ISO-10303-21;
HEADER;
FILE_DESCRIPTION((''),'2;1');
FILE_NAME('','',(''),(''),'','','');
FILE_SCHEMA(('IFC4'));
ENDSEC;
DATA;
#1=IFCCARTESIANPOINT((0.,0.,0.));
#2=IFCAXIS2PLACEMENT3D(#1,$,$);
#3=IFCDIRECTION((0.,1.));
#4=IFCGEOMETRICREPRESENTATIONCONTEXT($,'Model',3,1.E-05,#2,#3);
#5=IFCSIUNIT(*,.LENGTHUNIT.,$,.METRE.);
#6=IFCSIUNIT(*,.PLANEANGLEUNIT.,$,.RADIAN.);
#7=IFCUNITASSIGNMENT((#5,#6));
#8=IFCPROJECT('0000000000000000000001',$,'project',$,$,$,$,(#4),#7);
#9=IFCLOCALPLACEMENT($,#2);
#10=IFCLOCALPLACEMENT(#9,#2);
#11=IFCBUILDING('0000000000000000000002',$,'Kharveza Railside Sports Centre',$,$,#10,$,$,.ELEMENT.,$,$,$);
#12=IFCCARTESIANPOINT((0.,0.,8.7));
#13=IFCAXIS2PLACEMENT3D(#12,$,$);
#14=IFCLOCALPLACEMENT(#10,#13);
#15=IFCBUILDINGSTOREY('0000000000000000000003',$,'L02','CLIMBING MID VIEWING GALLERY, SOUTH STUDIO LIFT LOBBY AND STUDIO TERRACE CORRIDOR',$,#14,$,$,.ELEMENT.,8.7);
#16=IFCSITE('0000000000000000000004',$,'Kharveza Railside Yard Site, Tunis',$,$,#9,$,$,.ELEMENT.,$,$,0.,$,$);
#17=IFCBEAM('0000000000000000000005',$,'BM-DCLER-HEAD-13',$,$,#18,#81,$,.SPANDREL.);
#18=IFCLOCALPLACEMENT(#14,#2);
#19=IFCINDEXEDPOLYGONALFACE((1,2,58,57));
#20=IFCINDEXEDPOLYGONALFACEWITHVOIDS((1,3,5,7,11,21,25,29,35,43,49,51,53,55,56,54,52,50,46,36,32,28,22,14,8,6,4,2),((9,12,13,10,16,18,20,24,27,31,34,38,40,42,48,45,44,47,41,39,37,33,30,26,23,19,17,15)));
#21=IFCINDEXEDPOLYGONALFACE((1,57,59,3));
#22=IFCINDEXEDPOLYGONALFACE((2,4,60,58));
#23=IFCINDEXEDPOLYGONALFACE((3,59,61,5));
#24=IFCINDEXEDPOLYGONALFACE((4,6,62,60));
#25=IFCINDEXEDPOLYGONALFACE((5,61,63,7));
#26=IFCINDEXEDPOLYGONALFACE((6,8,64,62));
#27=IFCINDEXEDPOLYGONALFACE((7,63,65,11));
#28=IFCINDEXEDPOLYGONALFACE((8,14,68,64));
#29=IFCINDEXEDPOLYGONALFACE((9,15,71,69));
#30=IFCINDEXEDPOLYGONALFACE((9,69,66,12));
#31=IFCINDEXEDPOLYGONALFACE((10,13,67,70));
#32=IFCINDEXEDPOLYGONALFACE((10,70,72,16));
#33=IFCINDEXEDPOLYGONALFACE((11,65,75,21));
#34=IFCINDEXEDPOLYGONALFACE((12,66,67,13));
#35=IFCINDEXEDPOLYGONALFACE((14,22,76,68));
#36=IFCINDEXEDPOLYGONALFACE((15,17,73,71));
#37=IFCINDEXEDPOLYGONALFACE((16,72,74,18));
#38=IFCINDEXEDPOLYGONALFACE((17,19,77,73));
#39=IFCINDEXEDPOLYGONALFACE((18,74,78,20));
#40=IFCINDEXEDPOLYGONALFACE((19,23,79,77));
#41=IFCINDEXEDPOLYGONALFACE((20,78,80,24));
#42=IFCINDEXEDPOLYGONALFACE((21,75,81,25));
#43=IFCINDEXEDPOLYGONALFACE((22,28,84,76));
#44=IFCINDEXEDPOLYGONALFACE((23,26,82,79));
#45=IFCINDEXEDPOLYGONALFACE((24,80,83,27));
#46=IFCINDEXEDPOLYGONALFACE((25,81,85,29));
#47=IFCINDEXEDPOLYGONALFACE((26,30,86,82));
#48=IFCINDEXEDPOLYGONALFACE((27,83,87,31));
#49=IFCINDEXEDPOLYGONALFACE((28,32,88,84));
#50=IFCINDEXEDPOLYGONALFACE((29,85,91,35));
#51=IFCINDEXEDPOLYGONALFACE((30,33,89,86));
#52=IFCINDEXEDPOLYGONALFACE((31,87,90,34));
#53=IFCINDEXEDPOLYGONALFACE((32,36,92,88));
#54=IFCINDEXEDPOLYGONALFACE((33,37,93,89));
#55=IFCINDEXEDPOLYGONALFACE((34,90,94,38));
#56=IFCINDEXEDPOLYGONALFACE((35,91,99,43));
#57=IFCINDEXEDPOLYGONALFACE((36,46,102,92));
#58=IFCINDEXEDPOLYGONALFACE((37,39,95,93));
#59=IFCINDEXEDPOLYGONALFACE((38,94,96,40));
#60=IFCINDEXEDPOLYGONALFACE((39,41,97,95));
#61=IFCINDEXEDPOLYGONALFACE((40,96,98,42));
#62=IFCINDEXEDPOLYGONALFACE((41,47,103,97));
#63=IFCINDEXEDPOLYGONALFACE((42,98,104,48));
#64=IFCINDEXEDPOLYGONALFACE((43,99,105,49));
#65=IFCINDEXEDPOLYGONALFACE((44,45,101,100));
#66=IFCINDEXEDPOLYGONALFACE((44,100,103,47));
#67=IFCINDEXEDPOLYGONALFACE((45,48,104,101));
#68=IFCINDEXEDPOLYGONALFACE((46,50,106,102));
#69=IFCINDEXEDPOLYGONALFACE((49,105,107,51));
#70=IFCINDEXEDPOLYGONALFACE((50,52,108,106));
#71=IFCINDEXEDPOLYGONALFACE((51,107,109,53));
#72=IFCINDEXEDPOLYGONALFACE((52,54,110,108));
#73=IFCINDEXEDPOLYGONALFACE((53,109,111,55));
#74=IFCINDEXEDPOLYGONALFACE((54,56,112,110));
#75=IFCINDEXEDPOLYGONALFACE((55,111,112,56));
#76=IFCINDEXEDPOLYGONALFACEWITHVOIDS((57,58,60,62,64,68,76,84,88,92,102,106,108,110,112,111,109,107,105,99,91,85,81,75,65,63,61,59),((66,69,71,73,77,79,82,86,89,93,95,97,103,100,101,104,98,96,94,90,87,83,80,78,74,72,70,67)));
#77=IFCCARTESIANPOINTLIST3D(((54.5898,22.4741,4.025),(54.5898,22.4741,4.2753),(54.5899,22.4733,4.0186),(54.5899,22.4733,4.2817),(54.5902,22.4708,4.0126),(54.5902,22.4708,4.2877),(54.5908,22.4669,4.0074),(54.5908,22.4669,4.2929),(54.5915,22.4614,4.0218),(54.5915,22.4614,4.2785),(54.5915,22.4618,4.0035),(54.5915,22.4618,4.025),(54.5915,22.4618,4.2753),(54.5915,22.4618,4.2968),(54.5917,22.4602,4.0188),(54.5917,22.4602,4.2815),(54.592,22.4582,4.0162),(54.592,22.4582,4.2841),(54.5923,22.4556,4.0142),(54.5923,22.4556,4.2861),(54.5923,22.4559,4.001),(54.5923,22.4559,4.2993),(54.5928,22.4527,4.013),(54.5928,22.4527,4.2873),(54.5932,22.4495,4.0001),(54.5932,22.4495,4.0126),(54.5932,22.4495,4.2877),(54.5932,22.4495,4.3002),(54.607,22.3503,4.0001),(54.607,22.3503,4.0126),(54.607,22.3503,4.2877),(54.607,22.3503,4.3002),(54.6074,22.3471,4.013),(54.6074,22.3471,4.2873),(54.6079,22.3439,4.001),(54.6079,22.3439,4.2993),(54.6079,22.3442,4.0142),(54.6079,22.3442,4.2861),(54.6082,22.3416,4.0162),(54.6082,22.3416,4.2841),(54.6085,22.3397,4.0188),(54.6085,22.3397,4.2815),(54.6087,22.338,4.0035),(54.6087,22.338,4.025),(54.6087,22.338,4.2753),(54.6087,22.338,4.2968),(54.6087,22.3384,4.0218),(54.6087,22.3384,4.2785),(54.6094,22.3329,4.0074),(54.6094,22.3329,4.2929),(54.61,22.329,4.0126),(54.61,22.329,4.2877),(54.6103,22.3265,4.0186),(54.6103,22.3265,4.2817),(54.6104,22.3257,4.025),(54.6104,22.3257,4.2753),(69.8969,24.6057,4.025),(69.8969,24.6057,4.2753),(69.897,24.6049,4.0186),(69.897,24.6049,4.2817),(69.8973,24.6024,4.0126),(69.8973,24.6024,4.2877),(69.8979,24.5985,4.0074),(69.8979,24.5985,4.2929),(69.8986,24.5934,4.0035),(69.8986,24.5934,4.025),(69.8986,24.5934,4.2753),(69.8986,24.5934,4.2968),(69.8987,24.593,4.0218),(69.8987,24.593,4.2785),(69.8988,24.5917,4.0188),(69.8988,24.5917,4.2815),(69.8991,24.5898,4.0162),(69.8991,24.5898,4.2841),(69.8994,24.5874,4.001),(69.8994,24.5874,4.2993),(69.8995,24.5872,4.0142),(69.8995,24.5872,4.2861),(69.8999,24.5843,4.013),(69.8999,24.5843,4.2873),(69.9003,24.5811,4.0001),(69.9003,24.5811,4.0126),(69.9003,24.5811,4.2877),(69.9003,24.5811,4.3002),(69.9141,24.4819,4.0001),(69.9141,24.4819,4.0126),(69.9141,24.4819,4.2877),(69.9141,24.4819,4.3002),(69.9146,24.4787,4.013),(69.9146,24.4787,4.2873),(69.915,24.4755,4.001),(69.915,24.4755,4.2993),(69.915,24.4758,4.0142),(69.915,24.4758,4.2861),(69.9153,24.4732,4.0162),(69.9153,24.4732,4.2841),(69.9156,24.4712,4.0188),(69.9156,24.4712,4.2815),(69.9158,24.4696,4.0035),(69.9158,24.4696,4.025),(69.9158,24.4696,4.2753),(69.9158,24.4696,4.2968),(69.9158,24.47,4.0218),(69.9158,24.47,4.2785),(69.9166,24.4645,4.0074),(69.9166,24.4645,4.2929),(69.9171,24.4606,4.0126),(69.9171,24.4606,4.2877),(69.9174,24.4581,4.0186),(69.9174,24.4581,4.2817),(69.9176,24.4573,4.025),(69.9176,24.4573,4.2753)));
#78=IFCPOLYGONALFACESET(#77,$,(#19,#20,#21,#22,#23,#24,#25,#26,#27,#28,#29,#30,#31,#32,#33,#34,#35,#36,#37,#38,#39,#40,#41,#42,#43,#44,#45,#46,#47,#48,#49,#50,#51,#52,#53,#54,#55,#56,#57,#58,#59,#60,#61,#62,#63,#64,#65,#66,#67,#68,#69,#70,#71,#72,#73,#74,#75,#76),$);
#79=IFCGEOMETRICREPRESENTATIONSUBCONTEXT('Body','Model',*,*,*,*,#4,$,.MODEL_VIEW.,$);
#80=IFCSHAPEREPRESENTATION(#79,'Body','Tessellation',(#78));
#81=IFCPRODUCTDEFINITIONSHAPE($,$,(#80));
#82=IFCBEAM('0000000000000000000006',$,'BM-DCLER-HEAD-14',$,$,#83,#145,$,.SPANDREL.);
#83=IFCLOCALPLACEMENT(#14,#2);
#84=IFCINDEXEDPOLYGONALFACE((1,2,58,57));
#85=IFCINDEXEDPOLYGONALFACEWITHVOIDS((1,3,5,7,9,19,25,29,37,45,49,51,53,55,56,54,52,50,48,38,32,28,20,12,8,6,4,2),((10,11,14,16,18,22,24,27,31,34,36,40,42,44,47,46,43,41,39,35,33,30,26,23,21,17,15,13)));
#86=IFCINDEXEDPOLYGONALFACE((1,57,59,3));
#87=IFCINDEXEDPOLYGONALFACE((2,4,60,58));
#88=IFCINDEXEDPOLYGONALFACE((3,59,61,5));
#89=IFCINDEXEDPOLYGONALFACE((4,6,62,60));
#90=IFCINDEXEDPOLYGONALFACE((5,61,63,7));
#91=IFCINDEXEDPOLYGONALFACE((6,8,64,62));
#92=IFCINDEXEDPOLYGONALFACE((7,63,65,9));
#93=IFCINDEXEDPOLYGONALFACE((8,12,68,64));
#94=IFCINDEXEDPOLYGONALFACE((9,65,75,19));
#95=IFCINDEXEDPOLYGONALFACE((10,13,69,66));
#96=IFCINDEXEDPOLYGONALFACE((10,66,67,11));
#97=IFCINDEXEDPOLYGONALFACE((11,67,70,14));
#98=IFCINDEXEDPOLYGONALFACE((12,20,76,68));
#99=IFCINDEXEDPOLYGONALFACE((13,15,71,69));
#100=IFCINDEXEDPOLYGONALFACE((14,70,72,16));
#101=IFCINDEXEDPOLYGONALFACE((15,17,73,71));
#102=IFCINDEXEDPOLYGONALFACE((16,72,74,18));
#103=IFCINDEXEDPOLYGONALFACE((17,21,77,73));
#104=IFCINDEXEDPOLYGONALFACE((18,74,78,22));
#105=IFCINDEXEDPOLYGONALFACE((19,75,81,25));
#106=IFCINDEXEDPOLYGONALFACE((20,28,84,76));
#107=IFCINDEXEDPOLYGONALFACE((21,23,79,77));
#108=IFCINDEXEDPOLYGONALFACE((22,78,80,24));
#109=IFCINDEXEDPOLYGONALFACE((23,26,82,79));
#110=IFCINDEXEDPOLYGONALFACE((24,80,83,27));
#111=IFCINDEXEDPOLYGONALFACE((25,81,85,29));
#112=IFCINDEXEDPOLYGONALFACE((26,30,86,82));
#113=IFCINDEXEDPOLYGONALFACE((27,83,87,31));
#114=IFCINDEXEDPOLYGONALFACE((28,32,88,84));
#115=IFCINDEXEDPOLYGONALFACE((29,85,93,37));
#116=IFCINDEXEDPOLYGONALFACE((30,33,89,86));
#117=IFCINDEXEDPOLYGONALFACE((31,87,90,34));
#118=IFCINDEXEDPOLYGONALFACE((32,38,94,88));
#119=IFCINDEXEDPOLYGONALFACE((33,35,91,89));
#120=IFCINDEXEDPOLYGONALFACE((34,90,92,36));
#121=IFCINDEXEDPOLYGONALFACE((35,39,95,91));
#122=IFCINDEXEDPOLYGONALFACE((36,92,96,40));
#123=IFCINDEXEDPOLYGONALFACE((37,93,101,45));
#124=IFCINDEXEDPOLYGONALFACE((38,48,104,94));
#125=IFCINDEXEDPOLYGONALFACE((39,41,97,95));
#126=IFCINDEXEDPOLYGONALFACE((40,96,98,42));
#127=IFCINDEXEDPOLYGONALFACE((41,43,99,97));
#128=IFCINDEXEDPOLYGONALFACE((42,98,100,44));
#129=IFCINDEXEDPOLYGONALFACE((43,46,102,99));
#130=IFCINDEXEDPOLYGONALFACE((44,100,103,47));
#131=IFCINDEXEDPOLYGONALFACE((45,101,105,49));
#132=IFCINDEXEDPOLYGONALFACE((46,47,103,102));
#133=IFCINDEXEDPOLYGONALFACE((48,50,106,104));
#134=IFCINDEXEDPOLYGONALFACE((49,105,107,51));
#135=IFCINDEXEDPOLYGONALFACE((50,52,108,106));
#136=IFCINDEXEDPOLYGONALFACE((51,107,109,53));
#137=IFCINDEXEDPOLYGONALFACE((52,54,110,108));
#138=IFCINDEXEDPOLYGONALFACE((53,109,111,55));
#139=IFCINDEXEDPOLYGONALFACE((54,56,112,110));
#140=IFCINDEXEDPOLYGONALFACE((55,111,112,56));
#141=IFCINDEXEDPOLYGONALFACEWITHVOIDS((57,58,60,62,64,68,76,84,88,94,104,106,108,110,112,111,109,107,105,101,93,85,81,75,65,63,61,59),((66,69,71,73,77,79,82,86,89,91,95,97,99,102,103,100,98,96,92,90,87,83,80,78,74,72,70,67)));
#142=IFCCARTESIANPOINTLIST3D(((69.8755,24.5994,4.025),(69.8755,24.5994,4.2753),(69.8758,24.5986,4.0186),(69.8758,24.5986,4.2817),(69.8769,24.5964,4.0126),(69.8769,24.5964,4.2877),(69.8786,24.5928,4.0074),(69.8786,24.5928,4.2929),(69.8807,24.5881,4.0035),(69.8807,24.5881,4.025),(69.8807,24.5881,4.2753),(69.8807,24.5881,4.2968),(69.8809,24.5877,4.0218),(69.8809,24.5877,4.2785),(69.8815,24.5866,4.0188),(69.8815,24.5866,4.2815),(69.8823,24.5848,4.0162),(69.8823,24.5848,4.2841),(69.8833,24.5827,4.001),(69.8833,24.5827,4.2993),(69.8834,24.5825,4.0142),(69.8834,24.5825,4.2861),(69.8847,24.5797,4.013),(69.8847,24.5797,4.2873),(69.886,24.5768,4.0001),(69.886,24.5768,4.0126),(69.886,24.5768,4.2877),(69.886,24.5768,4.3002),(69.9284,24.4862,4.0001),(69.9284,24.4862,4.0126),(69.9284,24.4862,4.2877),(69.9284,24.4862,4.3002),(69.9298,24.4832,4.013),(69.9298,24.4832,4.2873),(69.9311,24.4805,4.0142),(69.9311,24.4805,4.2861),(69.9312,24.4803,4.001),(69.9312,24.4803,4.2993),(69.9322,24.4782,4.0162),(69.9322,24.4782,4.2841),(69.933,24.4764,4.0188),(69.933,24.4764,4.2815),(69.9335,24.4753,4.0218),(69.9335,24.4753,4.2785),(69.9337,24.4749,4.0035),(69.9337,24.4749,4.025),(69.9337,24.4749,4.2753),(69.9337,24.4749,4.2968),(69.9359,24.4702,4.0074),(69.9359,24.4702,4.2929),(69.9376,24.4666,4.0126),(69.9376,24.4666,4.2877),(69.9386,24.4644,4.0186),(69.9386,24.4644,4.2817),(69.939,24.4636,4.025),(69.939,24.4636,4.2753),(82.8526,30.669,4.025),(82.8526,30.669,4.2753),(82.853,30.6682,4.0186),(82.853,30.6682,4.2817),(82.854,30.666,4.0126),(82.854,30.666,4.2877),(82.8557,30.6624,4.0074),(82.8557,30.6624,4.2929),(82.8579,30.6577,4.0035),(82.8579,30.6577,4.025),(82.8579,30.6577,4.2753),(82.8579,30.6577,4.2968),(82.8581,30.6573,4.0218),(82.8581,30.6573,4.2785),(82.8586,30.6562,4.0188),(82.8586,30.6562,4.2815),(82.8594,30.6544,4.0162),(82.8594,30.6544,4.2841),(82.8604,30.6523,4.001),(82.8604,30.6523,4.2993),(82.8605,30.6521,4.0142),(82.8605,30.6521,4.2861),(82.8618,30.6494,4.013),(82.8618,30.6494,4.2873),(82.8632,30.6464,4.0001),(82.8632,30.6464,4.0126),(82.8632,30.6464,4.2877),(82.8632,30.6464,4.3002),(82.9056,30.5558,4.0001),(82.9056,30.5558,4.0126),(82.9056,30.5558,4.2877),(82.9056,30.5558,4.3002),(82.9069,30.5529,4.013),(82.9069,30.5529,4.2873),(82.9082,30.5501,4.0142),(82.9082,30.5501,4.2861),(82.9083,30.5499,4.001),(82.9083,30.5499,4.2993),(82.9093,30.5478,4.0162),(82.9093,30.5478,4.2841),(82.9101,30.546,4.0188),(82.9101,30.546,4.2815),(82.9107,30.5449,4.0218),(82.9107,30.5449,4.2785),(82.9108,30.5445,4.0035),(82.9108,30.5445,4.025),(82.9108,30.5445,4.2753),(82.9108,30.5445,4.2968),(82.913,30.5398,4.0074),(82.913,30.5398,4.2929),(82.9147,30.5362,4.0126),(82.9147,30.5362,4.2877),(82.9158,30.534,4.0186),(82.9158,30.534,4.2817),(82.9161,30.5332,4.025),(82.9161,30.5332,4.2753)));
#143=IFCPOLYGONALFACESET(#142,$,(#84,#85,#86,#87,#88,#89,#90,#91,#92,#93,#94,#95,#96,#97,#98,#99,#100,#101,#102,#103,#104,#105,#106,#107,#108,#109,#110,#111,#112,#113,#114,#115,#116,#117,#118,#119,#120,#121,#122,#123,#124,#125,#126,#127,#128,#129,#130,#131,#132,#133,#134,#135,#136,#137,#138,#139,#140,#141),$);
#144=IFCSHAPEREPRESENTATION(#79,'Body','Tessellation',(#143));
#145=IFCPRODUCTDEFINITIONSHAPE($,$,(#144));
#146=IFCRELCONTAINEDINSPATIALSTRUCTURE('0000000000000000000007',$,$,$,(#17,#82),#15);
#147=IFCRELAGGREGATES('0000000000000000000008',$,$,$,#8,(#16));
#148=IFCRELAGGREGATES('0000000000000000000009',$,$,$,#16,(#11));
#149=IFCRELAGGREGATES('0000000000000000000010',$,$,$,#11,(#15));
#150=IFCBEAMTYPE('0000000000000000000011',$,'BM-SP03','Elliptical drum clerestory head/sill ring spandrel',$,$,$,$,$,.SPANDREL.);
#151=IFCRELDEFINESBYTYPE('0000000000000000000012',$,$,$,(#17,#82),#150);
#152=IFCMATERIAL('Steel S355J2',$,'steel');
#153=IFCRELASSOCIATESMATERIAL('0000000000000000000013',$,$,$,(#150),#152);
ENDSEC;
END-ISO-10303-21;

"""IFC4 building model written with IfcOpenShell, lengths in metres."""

from ifc_helpers import new_model, si_unit, direction, frame, origin, origin_2d, place, context, subcontext, project, spatial, hollow_rectangle, extrude, material, material_profile, profile_set, type_object, element, save


model = new_model("IFC4")

# Units and contexts
model_context = context("Model", 3, precision=1e-05, world=origin(), true_north=direction((0.0, 1.0)))
body_context = subcontext(model_context, "Body", "Model", "MODEL_VIEW")
ifc_project = project(units=[si_unit("LENGTHUNIT", "METRE"), si_unit("PLANEANGLEUNIT", "RADIAN")], contexts=[model_context])

# Site, building, storey
site_placement = place(None, origin())
site = spatial("IfcSite", under=ifc_project, at=site_placement, Name="Kharveza Railside Yard Site, Tunis", CompositionType="ELEMENT", RefElevation=0.0)
building_placement = place(site_placement, origin())
building = spatial("IfcBuilding", under=site, at=building_placement, Name="Kharveza Railside Sports Centre", CompositionType="ELEMENT")
storey_placement = place(building_placement, frame((0.0, 0.0, 8.7)))
storey = spatial("IfcBuildingStorey", under=building, at=storey_placement, Name="L02", Description="CLIMBING MID VIEWING GALLERY, SOUTH STUDIO LIFT LOBBY AND STUDIO TERRACE CORRIDOR", CompositionType="ELEMENT", Elevation=8.7)

# Shared definitions
ifc_material_1 = material(Name="Steel S355J2", Category="steel")

# Beams
ifc_material_profile_1 = material_profile(ifc_material_1, hollow_rectangle(XDim=0.1499, YDim=0.3, WallThickness=0.0125, InnerFilletRadius=0.0125, OuterFilletRadius=0.0249, at=origin_2d()), Name="RHS 150x300x12.5")
ifc_profile_set_1 = profile_set([ifc_material_profile_1], Name="Steel S355J2")
beam_type_1 = type_object("IfcBeamType", Name="BM-SP03", Description="Elliptical drum clerestory head/sill ring spandrel", PredefinedType="SPANDREL", material=ifc_profile_set_1)
beam_1_placement = place(storey_placement, frame((54.6001, 22.3999, 4.1501), z_axis=(0.990443, 0.137924, 0.0), x_axis=(-0.137924, 0.990443, 0.0)))
element("IfcBeam", 1, at=beam_1_placement, inside=storey, type_object=beam_type_1, Name="BM-DCLER-HEAD-13", PredefinedType="SPANDREL", context=body_context, shape_type="SweptSolid", body=[
    extrude(hollow_rectangle(XDim=0.1499, YDim=0.3, WallThickness=0.0125, InnerFilletRadius=0.0125, OuterFilletRadius=0.0249, at=origin_2d()), origin(), (0.0, 0.0, 1.0), 15.4548),
])
beam_2_placement = place(storey_placement, frame((69.9072, 24.5315, 4.1501), z_axis=(0.905818, 0.423666, 0.0), x_axis=(-0.423666, 0.905818, 0.0)))
element("IfcBeam", 2, at=beam_2_placement, inside=storey, type_object=beam_type_1, Name="BM-DCLER-HEAD-14", PredefinedType="SPANDREL", context=body_context, shape_type="SweptSolid", body=[
    extrude(hollow_rectangle(XDim=0.1499, YDim=0.3, WallThickness=0.0125, InnerFilletRadius=0.0125, OuterFilletRadius=0.0249, at=origin_2d()), origin(), (0.0, 0.0, 1.0), 14.3264),
])

save(model, "model.ifc")
